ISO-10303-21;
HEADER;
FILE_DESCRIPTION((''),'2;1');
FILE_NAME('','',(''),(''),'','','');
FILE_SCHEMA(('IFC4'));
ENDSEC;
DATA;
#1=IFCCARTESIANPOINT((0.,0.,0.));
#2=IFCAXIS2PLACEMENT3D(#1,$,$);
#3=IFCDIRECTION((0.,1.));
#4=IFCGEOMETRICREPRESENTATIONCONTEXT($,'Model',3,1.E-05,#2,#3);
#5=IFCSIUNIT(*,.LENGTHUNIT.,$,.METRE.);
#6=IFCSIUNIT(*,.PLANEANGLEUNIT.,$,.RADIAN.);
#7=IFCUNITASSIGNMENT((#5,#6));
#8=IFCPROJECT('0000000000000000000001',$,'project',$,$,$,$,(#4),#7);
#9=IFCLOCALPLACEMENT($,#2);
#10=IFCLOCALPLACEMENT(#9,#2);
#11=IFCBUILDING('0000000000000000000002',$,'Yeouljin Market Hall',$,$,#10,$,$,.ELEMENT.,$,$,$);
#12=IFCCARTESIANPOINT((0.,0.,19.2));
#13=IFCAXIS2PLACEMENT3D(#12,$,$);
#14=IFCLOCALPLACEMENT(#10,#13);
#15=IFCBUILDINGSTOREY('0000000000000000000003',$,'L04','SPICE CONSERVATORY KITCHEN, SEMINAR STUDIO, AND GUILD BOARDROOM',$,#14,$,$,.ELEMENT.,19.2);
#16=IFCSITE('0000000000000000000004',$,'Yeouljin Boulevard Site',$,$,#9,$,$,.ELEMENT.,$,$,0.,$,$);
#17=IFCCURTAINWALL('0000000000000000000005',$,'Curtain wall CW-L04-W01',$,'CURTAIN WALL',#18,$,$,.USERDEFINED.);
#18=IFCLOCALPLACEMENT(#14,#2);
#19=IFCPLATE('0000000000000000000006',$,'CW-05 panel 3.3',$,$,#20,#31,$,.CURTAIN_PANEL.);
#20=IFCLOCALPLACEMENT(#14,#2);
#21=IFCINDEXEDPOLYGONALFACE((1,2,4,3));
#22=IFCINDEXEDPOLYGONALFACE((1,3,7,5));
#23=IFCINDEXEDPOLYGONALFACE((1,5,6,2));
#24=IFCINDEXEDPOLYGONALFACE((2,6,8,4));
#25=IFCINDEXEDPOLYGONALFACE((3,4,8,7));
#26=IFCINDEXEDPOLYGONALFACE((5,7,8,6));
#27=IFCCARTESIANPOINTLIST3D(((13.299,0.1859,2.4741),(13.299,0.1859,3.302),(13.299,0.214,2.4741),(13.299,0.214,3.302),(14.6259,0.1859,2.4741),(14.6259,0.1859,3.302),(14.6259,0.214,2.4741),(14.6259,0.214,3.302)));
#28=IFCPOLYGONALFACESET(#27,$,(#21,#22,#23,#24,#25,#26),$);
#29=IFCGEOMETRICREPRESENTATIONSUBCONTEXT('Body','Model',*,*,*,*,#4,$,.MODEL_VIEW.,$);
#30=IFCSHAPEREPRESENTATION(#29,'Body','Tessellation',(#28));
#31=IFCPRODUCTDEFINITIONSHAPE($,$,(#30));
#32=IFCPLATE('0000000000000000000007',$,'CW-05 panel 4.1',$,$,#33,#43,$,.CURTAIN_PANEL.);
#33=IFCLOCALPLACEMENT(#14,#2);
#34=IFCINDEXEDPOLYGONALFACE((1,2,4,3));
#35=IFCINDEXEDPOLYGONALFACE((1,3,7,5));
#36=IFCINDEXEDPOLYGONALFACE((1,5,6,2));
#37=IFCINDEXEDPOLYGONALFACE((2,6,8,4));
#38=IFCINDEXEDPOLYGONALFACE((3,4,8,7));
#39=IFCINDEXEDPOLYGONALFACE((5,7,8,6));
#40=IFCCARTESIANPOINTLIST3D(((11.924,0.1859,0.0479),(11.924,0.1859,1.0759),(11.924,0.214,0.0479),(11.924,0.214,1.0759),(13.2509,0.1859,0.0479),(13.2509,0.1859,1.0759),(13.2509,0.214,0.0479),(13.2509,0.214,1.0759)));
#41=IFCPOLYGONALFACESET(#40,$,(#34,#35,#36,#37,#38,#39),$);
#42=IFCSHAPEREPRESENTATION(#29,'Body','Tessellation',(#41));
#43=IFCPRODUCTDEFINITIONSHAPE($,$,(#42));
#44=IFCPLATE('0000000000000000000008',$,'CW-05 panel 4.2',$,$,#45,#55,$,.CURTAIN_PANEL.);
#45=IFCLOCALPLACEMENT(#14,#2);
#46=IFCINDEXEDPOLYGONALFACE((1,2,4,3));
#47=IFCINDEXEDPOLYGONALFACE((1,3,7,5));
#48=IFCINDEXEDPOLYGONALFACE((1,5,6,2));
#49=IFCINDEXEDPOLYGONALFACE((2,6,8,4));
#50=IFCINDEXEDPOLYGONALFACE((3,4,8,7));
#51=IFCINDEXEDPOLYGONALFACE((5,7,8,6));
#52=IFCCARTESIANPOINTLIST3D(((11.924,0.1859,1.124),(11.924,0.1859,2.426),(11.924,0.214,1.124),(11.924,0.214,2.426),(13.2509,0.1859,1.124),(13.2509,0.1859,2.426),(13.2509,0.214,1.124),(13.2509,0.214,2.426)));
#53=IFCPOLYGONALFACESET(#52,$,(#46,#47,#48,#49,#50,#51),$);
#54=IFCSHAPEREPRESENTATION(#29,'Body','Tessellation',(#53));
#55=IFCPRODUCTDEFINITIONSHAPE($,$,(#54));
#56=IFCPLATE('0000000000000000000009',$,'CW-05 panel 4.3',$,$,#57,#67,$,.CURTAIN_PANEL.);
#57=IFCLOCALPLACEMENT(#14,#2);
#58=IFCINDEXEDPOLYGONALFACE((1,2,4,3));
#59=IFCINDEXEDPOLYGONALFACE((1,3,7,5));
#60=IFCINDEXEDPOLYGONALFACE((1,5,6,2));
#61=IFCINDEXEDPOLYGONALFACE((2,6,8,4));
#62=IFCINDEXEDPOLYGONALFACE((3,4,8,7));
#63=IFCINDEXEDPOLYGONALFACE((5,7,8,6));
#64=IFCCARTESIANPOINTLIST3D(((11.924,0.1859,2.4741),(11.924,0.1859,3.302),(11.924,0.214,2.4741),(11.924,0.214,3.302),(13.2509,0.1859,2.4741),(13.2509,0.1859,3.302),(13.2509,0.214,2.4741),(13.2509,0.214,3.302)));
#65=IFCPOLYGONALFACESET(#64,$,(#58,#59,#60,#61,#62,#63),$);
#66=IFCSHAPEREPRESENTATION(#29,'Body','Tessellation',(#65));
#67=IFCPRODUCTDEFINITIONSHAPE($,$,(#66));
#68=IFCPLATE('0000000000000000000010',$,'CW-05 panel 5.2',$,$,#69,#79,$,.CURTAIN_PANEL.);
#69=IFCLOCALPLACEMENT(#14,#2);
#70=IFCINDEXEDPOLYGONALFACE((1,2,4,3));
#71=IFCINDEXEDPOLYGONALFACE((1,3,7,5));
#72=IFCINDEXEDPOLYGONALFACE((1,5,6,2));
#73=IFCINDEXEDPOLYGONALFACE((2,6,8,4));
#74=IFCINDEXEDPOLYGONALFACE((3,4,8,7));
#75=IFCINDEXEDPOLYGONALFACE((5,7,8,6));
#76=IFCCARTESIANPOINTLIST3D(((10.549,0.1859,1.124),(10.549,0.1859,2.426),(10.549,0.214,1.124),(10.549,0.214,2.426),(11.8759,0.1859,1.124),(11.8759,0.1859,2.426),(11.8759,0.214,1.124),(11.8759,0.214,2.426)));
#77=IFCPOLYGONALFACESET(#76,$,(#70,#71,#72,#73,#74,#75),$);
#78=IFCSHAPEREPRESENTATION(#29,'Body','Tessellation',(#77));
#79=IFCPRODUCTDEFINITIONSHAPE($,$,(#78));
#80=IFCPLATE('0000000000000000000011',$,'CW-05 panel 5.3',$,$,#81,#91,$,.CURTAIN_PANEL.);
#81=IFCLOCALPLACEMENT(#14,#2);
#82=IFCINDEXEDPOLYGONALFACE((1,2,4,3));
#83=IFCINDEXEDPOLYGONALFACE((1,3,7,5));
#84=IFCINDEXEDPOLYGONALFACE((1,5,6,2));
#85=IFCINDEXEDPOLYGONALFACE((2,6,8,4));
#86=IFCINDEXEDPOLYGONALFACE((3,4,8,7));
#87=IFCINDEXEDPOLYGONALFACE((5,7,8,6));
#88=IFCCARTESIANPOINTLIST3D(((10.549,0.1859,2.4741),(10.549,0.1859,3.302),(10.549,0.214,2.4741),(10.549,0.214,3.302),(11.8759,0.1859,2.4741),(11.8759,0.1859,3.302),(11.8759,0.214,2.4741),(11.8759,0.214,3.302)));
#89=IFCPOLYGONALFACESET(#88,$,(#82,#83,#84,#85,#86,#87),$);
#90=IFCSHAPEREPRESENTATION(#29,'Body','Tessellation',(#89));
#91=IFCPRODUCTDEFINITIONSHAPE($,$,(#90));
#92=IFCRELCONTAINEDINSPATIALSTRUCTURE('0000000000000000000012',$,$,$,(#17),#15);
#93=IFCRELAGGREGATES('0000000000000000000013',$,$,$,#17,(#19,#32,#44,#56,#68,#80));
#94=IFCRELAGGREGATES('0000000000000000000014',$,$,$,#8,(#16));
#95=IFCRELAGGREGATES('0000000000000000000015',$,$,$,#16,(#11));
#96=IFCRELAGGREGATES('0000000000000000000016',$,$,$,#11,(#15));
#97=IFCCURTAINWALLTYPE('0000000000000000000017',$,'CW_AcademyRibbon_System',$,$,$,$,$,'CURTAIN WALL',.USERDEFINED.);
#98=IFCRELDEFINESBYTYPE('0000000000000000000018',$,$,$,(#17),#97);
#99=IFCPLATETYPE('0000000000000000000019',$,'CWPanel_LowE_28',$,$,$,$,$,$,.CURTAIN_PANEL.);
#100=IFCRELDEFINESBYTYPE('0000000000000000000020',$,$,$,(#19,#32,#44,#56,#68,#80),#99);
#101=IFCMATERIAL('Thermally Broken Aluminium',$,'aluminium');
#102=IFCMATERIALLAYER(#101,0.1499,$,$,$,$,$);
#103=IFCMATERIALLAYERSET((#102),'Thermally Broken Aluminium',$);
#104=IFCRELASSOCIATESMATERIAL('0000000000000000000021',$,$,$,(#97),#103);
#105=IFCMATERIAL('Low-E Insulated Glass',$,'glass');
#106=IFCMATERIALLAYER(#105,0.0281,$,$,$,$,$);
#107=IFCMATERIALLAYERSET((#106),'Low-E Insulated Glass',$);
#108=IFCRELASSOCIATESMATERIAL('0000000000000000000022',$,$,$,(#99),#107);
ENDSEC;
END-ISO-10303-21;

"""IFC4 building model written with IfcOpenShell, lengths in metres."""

from ifc_helpers import new_model, si_unit, direction, frame, origin, origin_2d, place, context, subcontext, project, spatial, rectangle, extrude, material, layer, layer_set, type_object, element, aggregate, save


model = new_model("IFC4")

# Units and contexts
model_context = context("Model", 3, precision=1e-05, world=origin(), true_north=direction((0.0, 1.0)))
body_context = subcontext(model_context, "Body", "Model", "MODEL_VIEW")
ifc_project = project(units=[si_unit("LENGTHUNIT", "METRE"), si_unit("PLANEANGLEUNIT", "RADIAN")], contexts=[model_context])

# Site, building, storey
site_placement = place(None, origin())
site = spatial("IfcSite", under=ifc_project, at=site_placement, Name="Yeouljin Boulevard Site", CompositionType="ELEMENT", RefElevation=0.0)
building_placement = place(site_placement, origin())
building = spatial("IfcBuilding", under=site, at=building_placement, Name="Yeouljin Market Hall", CompositionType="ELEMENT")
storey_placement = place(building_placement, frame((0.0, 0.0, 19.2)))
storey = spatial("IfcBuildingStorey", under=building, at=storey_placement, Name="L04", Description="SPICE CONSERVATORY KITCHEN, SEMINAR STUDIO, AND GUILD BOARDROOM", CompositionType="ELEMENT", Elevation=19.2)

# Curtain wall
ifc_material_1 = material(Name="Thermally Broken Aluminium", Category="aluminium")
ifc_layer_1 = layer(ifc_material_1, 0.1499)
ifc_layer_set_1 = layer_set([ifc_layer_1], Name="Thermally Broken Aluminium")
curtain_wall_type = type_object("IfcCurtainWallType", Name="CW_AcademyRibbon_System", ElementType="CURTAIN WALL", PredefinedType="USERDEFINED", material=ifc_layer_set_1)
curtain_wall_placement = place(storey_placement, origin())
curtain_wall = element("IfcCurtainWall", 1, at=curtain_wall_placement, inside=storey, type_object=curtain_wall_type, Name="Curtain wall CW-L04-W01", ObjectType="CURTAIN WALL", PredefinedType="USERDEFINED")

# Plates
ifc_material_2 = material(Name="Low-E Insulated Glass", Category="glass")
ifc_layer_2 = layer(ifc_material_2, 0.0281)
ifc_layer_set_2 = layer_set([ifc_layer_2], Name="Low-E Insulated Glass")
plate_type = type_object("IfcPlateType", Name="CWPanel_LowE_28", PredefinedType="CURTAIN_PANEL", material=ifc_layer_set_2)
plate_1_placement = place(storey_placement, frame((13.9624, 0.2, 2.4741), z_axis=(0.0, 0.0, 1.0), x_axis=(-1.0, 0.0, 0.0)))
plate_1 = element("IfcPlate", 2, at=plate_1_placement, type_object=plate_type, Name="CW-05 panel 3.3", PredefinedType="CURTAIN_PANEL", context=body_context, shape_type="SweptSolid", body=[
    extrude(rectangle(XDim=1.3269, YDim=0.0281, at=origin_2d()), origin(), (0.0, 0.0, 1.0), 0.8279),
])
plate_2_placement = place(storey_placement, frame((12.5874, 0.2, 0.0479), z_axis=(0.0, 0.0, 1.0), x_axis=(-1.0, 0.0, 0.0)))
plate_2 = element("IfcPlate", 3, at=plate_2_placement, type_object=plate_type, Name="CW-05 panel 4.1", PredefinedType="CURTAIN_PANEL", context=body_context, shape_type="SweptSolid", body=[
    extrude(rectangle(XDim=1.3269, YDim=0.0281, at=origin_2d()), origin(), (0.0, 0.0, 1.0), 1.0281),
])
plate_3_placement = place(storey_placement, frame((12.5874, 0.2, 1.124), z_axis=(0.0, 0.0, 1.0), x_axis=(-1.0, 0.0, 0.0)))
plate_3 = element("IfcPlate", 4, at=plate_3_placement, type_object=plate_type, Name="CW-05 panel 4.2", PredefinedType="CURTAIN_PANEL", context=body_context, shape_type="SweptSolid", body=[
    extrude(rectangle(XDim=1.3269, YDim=0.0281, at=origin_2d()), origin(), (0.0, 0.0, 1.0), 1.302),
])
plate_4_placement = place(storey_placement, frame((12.5874, 0.2, 2.4741), z_axis=(0.0, 0.0, 1.0), x_axis=(-1.0, 0.0, 0.0)))
plate_4 = element("IfcPlate", 5, at=plate_4_placement, type_object=plate_type, Name="CW-05 panel 4.3", PredefinedType="CURTAIN_PANEL", context=body_context, shape_type="SweptSolid", body=[
    extrude(rectangle(XDim=1.3269, YDim=0.0281, at=origin_2d()), origin(), (0.0, 0.0, 1.0), 0.8279),
])
plate_5_placement = place(storey_placement, frame((11.2124, 0.2, 1.124), z_axis=(0.0, 0.0, 1.0), x_axis=(-1.0, 0.0, 0.0)))
plate_5 = element("IfcPlate", 6, at=plate_5_placement, type_object=plate_type, Name="CW-05 panel 5.2", PredefinedType="CURTAIN_PANEL", context=body_context, shape_type="SweptSolid", body=[
    extrude(rectangle(XDim=1.3269, YDim=0.0281, at=origin_2d()), origin(), (0.0, 0.0, 1.0), 1.302),
])
plate_6_placement = place(storey_placement, frame((11.2124, 0.2, 2.4741), z_axis=(0.0, 0.0, 1.0), x_axis=(-1.0, 0.0, 0.0)))
plate_6 = element("IfcPlate", 7, at=plate_6_placement, type_object=plate_type, Name="CW-05 panel 5.3", PredefinedType="CURTAIN_PANEL", context=body_context, shape_type="SweptSolid", body=[
    extrude(rectangle(XDim=1.3269, YDim=0.0281, at=origin_2d()), origin(), (0.0, 0.0, 1.0), 0.8279),
])
aggregate(curtain_wall, [plate_1, plate_2, plate_3, plate_4, plate_5, plate_6])

save(model, "model.ifc")
